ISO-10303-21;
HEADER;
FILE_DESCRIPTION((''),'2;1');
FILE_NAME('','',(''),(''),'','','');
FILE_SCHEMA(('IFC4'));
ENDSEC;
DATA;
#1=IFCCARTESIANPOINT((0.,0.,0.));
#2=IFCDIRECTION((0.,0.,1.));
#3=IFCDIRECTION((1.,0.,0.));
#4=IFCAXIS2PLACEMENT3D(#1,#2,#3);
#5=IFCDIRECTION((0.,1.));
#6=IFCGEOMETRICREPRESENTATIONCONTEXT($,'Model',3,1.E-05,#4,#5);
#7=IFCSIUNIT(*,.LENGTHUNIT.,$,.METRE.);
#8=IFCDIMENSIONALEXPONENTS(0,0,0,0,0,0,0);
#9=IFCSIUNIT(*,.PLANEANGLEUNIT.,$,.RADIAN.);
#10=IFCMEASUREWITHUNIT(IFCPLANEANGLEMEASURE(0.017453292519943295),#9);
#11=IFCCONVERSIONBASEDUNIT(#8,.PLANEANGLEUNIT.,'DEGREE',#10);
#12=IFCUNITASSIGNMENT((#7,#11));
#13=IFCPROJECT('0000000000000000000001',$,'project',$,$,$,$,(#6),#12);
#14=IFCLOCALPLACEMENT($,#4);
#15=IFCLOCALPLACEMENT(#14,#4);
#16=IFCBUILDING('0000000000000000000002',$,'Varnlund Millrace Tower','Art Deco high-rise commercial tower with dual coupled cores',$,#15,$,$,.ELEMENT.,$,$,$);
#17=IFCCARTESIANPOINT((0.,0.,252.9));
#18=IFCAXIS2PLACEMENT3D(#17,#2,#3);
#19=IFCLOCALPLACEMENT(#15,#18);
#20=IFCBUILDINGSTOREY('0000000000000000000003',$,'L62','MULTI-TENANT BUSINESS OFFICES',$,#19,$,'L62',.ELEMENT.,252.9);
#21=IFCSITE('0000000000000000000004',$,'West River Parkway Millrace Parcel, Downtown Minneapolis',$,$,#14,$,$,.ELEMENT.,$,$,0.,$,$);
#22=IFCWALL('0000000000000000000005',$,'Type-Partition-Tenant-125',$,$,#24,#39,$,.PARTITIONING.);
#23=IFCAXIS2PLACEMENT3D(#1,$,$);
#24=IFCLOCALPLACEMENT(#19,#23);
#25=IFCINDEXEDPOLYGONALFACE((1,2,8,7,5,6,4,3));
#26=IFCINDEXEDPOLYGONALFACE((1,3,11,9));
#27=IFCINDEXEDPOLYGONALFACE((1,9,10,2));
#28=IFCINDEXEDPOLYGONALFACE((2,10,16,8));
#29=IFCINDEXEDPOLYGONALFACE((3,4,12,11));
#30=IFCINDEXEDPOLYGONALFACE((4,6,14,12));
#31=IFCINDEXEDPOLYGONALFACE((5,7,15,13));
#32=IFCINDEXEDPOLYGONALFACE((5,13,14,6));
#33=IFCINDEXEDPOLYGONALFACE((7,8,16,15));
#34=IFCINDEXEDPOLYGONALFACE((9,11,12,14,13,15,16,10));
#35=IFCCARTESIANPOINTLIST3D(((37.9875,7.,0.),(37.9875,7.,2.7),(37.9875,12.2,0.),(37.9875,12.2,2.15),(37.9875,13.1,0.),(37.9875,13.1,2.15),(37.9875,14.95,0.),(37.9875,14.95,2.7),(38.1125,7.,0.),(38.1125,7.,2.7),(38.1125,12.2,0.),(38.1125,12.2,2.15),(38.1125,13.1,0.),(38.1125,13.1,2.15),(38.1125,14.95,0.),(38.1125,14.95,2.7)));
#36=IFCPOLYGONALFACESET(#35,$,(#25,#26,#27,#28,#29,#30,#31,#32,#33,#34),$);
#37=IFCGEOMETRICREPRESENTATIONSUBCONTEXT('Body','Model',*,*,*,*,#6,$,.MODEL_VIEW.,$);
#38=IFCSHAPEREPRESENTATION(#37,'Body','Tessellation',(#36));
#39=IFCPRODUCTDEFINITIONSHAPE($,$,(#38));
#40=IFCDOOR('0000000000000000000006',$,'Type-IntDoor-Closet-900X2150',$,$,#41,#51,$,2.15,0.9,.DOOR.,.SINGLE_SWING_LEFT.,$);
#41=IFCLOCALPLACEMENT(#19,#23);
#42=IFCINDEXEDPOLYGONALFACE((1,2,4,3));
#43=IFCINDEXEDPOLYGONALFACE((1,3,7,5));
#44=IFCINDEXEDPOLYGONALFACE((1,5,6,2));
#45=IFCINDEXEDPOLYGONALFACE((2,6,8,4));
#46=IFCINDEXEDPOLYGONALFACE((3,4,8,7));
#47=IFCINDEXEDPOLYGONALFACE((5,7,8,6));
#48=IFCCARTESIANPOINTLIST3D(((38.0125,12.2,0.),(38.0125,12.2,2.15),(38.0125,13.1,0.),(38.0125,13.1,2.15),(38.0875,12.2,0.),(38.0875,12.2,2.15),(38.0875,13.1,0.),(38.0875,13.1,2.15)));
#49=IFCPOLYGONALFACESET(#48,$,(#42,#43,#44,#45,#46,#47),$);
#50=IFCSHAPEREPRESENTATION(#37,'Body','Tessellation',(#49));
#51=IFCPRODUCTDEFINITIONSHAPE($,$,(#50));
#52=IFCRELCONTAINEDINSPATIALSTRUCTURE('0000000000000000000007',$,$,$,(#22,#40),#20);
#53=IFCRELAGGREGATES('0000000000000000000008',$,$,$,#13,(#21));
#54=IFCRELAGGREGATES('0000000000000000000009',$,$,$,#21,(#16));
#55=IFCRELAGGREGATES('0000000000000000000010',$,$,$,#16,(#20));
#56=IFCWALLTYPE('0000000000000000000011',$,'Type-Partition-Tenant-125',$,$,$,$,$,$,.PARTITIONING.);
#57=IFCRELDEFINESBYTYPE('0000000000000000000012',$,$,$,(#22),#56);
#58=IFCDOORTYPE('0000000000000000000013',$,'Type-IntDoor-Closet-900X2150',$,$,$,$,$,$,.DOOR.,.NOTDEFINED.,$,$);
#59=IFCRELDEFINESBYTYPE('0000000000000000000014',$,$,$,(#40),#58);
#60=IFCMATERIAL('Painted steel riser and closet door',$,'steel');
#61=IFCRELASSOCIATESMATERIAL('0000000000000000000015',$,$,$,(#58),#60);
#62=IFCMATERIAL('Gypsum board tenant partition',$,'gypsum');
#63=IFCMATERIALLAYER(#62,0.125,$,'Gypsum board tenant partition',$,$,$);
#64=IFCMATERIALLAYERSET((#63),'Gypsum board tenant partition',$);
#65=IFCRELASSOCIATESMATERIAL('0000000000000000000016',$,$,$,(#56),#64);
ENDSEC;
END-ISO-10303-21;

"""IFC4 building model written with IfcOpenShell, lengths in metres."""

from ifc_helpers import new_model, entity, si_unit, converted_unit, direction, frame, origin_with_axes, origin_2d_with_axis, place, context, subcontext, project, spatial, polyline, rectangle, outline, extrude, material, layer, layer_set, type_object, element, fill, save


model = new_model("IFC4")

# Units and contexts
model_context = context("Model", 3, precision=1e-05, world=origin_with_axes(), true_north=direction((0.0, 1.0)))
body_context = subcontext(model_context, "Body", "Model", "MODEL_VIEW")
ifc_project = project(units=[si_unit("LENGTHUNIT", "METRE"), converted_unit("PLANEANGLEUNIT", "DEGREE", entity("IfcPlaneAngleMeasure", 0.017453292519943295), si_unit("PLANEANGLEUNIT", "RADIAN"), dimensions=[0, 0, 0, 0, 0, 0, 0])], contexts=[model_context])

# Site, building, storey
site_placement = place(None, origin_with_axes())
site = spatial("IfcSite", under=ifc_project, at=site_placement, Name="West River Parkway Millrace Parcel, Downtown Minneapolis", CompositionType="ELEMENT", RefElevation=0.0)
building_placement = place(site_placement, origin_with_axes())
building = spatial("IfcBuilding", under=site, at=building_placement, Name="Varnlund Millrace Tower", Description="Art Deco high-rise commercial tower with dual coupled cores", CompositionType="ELEMENT")
storey_placement = place(building_placement, frame((0.0, 0.0, 252.9), z_axis=(0.0, 0.0, 1.0), x_axis=(1.0, 0.0, 0.0)))
storey = spatial("IfcBuildingStorey", under=building, at=storey_placement, Name="L62", Description="MULTI-TENANT BUSINESS OFFICES", LongName="L62", CompositionType="ELEMENT", Elevation=252.9)

# Shared definitions
ifc_material_1 = material(Name="Painted steel riser and closet door", Category="steel")
door_type = type_object("IfcDoorType", Name="Type-IntDoor-Closet-900X2150", OperationType="NOTDEFINED", PredefinedType="DOOR", material=ifc_material_1)

# Shared definitions
ifc_material_2 = material(Name="Gypsum board tenant partition", Category="gypsum")
ifc_layer_1 = layer(ifc_material_2, 0.125, Name="Gypsum board tenant partition")
ifc_layer_set_1 = layer_set([ifc_layer_1], Name="Gypsum board tenant partition")
wall_type_1 = type_object("IfcWallType", Name="Type-Partition-Tenant-125", PredefinedType="PARTITIONING", material=ifc_layer_set_1)

# Wall, opening, door
wall_1_placement = place(storey_placement, frame((38.05, 7.0, 0.0), z_axis=(0.0, 0.0, 1.0), x_axis=(0.0, 1.0, 0.0)))
wall_1 = element("IfcWall", 1, at=wall_1_placement, inside=storey, type_object=wall_type_1, Name="Type-Partition-Tenant-125", PredefinedType="PARTITIONING", context=body_context, shape_type="SweptSolid", body=[
    extrude(outline(polyline([(0.0, -0.0625), (7.95, -0.0625), (7.95, 0.0625), (0.0, 0.0625), (0.0, -0.0625)])), origin_with_axes(), (0.0, 0.0, 1.0), 2.7),
])
opening_1_placement = place(wall_1_placement, frame((5.65, 0.0, 0.0), z_axis=(0.0, 0.0, 1.0), x_axis=(1.0, 0.0, 0.0)))
opening_1 = element("IfcOpeningElement", 2, at=opening_1_placement, cuts=wall_1, PredefinedType="OPENING", context=body_context, shape_type="SweptSolid", body=[
    extrude(rectangle(XDim=0.9, YDim=0.145, at=origin_2d_with_axis()), origin_with_axes(), (0.0, 0.0, 1.0), 2.15),
])
door_1_placement = place(wall_1_placement, frame((5.65, 0.0, 0.0), z_axis=(0.0, 0.0, 1.0), x_axis=(1.0, 0.0, 0.0)))
door_1 = element("IfcDoor", 3, at=door_1_placement, inside=storey, type_object=door_type, Name="Type-IntDoor-Closet-900X2150", OperationType="SINGLE_SWING_LEFT", OverallHeight=2.15, OverallWidth=0.9, PredefinedType="DOOR", context=body_context, shape_type="SweptSolid", body=[
    extrude(rectangle(XDim=0.9, YDim=0.075, at=origin_2d_with_axis()), origin_with_axes(), (0.0, 0.0, 1.0), 2.15),
])
fill(opening_1, door_1)

save(model, "model.ifc")
